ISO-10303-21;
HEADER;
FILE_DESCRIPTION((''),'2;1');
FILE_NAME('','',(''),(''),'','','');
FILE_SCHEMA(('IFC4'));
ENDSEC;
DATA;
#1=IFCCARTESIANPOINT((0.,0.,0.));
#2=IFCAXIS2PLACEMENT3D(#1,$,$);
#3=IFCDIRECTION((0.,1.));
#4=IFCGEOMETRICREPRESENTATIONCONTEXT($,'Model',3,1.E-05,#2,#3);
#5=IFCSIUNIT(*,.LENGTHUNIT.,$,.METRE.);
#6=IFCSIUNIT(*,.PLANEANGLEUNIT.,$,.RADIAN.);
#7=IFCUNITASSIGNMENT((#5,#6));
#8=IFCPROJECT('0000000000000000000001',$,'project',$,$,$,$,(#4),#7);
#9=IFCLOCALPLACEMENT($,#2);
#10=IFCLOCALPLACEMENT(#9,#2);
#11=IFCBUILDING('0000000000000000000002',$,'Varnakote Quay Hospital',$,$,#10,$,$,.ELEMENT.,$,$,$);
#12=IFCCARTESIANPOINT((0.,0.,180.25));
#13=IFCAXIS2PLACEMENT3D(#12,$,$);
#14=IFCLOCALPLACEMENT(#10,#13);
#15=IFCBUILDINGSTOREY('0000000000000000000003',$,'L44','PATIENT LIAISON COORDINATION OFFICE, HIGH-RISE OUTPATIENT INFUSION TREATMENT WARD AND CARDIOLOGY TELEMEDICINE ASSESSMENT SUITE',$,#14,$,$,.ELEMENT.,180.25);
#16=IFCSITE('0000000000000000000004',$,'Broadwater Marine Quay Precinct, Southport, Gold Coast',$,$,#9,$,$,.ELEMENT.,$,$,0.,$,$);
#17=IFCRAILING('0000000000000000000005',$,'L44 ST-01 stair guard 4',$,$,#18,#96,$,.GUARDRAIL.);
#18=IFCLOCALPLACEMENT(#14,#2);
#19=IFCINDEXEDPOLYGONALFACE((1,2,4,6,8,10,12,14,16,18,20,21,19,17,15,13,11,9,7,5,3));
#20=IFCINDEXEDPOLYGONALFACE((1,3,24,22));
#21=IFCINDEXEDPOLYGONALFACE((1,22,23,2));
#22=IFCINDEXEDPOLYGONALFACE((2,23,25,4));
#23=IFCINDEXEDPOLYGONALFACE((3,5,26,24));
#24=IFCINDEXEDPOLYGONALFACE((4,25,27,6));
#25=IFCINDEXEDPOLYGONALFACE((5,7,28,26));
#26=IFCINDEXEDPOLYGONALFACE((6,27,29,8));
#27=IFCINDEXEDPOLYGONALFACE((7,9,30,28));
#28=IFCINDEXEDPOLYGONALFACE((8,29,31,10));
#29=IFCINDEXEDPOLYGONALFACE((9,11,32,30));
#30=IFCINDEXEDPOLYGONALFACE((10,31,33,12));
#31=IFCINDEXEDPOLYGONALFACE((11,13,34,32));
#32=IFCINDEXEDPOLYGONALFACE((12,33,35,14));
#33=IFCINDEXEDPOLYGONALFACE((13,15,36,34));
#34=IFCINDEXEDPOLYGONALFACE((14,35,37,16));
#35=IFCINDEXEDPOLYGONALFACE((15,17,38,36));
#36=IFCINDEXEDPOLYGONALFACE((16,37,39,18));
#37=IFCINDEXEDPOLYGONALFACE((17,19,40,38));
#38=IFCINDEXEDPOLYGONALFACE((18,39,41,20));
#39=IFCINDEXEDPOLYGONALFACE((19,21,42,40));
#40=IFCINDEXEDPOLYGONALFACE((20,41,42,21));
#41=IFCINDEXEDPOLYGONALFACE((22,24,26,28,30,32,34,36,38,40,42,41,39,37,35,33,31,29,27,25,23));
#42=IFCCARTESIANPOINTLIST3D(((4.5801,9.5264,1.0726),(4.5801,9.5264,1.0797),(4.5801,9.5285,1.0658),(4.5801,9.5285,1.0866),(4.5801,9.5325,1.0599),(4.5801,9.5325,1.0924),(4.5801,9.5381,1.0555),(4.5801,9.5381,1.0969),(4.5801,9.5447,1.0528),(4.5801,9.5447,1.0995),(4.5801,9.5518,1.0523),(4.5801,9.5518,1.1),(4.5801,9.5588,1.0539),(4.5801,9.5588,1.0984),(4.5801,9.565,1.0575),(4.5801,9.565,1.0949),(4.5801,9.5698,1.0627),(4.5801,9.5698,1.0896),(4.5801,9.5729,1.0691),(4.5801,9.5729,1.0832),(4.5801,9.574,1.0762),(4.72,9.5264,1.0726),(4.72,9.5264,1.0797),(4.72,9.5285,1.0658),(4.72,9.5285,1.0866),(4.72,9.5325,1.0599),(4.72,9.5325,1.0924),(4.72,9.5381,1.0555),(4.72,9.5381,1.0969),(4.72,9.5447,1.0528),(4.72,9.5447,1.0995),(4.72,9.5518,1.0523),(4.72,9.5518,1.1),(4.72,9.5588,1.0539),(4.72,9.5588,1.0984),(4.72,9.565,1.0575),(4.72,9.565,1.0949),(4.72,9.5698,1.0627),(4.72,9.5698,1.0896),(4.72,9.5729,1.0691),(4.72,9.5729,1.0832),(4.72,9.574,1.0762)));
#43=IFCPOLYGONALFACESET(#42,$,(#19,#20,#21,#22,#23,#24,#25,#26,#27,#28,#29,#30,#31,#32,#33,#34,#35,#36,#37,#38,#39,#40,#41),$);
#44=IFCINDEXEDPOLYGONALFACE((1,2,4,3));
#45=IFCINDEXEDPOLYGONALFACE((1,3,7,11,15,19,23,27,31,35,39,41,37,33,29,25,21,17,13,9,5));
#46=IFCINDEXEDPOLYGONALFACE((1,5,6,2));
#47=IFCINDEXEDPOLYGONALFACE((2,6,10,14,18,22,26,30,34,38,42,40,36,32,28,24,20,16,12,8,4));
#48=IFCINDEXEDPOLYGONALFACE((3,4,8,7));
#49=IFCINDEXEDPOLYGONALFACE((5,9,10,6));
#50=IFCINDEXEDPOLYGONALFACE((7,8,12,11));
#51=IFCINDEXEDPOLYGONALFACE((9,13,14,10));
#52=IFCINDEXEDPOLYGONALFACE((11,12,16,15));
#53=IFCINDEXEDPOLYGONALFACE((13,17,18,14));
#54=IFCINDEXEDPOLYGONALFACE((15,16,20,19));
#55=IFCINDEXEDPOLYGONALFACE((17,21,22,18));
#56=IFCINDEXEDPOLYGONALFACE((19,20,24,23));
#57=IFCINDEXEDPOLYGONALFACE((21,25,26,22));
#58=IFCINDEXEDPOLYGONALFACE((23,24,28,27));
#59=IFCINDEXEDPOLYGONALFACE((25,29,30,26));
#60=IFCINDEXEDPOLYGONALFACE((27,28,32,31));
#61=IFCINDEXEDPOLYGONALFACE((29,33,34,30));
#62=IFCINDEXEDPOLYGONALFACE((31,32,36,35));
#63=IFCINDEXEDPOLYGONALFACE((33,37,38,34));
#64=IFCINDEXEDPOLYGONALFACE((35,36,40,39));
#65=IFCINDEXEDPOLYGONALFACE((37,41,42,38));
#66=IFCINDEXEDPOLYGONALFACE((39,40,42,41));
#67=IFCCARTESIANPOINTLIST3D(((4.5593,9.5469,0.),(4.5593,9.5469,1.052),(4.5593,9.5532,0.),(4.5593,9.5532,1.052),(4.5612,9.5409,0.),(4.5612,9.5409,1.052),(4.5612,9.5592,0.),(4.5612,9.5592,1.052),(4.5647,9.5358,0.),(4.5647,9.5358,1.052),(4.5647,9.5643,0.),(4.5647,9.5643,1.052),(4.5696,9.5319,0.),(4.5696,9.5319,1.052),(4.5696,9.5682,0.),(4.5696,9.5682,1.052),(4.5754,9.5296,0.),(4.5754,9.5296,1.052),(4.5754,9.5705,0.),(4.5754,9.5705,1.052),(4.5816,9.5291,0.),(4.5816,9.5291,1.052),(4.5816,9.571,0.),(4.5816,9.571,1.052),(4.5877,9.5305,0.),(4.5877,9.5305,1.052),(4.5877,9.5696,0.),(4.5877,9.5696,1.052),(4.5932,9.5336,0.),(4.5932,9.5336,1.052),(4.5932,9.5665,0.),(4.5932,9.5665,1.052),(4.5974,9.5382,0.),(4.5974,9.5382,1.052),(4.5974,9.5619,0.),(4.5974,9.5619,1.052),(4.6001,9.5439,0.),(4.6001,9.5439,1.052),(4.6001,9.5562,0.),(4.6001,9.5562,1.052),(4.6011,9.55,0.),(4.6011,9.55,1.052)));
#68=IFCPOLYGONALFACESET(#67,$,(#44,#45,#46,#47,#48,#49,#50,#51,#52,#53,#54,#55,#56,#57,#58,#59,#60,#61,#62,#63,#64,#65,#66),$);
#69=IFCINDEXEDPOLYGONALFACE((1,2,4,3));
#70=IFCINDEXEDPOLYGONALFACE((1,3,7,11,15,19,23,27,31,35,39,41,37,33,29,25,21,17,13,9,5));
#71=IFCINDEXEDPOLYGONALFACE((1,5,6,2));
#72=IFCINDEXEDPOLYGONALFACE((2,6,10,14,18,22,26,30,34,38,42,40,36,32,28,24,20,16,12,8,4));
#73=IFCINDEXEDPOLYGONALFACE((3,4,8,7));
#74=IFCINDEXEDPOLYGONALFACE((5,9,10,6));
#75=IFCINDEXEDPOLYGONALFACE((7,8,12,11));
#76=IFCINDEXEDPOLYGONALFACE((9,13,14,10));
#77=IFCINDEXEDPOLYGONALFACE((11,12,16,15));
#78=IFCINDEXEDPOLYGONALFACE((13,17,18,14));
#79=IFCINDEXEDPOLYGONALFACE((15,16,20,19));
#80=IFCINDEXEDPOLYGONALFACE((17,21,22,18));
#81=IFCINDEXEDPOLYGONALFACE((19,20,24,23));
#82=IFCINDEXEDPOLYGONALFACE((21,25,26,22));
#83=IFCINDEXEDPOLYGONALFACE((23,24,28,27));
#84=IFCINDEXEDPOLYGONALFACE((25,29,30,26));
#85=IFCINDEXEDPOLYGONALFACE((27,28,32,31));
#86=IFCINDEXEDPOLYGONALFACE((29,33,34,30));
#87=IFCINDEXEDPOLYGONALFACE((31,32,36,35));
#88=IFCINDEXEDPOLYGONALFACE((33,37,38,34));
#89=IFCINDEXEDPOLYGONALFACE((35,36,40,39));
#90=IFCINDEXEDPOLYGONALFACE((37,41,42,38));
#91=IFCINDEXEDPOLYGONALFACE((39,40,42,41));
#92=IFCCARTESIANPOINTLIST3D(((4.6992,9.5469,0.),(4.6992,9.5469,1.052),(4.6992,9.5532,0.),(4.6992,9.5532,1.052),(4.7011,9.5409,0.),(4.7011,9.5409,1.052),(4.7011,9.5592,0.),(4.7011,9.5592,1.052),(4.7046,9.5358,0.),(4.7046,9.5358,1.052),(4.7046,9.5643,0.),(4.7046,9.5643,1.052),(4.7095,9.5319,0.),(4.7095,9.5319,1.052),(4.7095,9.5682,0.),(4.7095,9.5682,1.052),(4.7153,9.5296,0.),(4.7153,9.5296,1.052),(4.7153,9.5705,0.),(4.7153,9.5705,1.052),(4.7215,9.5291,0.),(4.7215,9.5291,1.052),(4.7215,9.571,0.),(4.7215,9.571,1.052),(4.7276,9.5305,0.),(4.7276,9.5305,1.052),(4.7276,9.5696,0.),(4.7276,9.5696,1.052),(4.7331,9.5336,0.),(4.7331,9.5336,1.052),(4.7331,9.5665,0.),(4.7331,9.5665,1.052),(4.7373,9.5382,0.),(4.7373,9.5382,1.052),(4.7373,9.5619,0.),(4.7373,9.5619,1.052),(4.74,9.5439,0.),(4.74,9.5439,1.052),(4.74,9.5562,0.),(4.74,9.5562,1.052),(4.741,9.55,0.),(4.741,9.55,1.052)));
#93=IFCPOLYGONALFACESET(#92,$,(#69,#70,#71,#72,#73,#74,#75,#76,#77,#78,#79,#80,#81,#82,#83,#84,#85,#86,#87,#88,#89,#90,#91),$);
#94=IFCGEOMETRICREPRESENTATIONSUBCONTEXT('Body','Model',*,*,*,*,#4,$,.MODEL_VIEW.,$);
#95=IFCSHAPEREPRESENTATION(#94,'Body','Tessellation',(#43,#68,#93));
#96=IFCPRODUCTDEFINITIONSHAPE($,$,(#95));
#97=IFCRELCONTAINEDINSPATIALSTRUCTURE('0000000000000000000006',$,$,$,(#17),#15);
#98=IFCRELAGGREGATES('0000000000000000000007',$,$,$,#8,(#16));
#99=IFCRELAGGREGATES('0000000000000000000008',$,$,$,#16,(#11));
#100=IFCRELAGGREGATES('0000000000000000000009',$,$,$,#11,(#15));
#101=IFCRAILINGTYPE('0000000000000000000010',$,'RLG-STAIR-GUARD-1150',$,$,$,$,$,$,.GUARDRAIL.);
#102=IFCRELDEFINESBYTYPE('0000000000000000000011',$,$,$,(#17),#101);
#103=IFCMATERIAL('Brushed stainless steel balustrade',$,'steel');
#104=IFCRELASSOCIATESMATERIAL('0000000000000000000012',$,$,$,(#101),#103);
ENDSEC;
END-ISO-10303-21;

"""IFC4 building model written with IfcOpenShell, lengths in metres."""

from ifc_helpers import new_model, si_unit, direction, frame, origin, origin_2d, place, context, subcontext, project, spatial, circle, extrude, material, type_object, element, save


model = new_model("IFC4")

# Units and contexts
model_context = context("Model", 3, precision=1e-05, world=origin(), true_north=direction((0.0, 1.0)))
body_context = subcontext(model_context, "Body", "Model", "MODEL_VIEW")
ifc_project = project(units=[si_unit("LENGTHUNIT", "METRE"), si_unit("PLANEANGLEUNIT", "RADIAN")], contexts=[model_context])

# Site, building, storey
site_placement = place(None, origin())
site = spatial("IfcSite", under=ifc_project, at=site_placement, Name="Broadwater Marine Quay Precinct, Southport, Gold Coast", CompositionType="ELEMENT", RefElevation=0.0)
building_placement = place(site_placement, origin())
building = spatial("IfcBuilding", under=site, at=building_placement, Name="Varnakote Quay Hospital", CompositionType="ELEMENT")
storey_placement = place(building_placement, frame((0.0, 0.0, 180.25)))
storey = spatial("IfcBuildingStorey", under=building, at=storey_placement, Name="L44", Description="PATIENT LIAISON COORDINATION OFFICE, HIGH-RISE OUTPATIENT INFUSION TREATMENT WARD AND CARDIOLOGY TELEMEDICINE ASSESSMENT SUITE", CompositionType="ELEMENT", Elevation=180.25)

# Railing
ifc_material_1 = material(Name="Brushed stainless steel balustrade", Category="steel")
railing_type_1 = type_object("IfcRailingType", Name="RLG-STAIR-GUARD-1150", PredefinedType="GUARDRAIL", material=ifc_material_1)
railing_1_placement = place(storey_placement, frame((4.5801, 9.55, 0.0)))
element("IfcRailing", 1, at=railing_1_placement, inside=storey, type_object=railing_type_1, Name="L44 ST-01 stair guard 4", PredefinedType="GUARDRAIL", context=body_context, shape_type="SweptSolid", body=[
    extrude(circle(Radius=0.0239, at=origin_2d()), frame((0.0, 0.0, 1.0762), z_axis=(1.0, 0.0, 0.0), x_axis=(0.0, 1.0, 0.0)), (0.0, 0.0, 1.0), 0.1399),
    extrude(circle(Radius=0.021, at=origin_2d()), origin(), (0.0, 0.0, 1.0), 1.052),
    extrude(circle(Radius=0.021, at=origin_2d()), frame((0.1399, 0.0, 0.0)), (0.0, 0.0, 1.0), 1.052),
])

save(model, "model.ifc")
